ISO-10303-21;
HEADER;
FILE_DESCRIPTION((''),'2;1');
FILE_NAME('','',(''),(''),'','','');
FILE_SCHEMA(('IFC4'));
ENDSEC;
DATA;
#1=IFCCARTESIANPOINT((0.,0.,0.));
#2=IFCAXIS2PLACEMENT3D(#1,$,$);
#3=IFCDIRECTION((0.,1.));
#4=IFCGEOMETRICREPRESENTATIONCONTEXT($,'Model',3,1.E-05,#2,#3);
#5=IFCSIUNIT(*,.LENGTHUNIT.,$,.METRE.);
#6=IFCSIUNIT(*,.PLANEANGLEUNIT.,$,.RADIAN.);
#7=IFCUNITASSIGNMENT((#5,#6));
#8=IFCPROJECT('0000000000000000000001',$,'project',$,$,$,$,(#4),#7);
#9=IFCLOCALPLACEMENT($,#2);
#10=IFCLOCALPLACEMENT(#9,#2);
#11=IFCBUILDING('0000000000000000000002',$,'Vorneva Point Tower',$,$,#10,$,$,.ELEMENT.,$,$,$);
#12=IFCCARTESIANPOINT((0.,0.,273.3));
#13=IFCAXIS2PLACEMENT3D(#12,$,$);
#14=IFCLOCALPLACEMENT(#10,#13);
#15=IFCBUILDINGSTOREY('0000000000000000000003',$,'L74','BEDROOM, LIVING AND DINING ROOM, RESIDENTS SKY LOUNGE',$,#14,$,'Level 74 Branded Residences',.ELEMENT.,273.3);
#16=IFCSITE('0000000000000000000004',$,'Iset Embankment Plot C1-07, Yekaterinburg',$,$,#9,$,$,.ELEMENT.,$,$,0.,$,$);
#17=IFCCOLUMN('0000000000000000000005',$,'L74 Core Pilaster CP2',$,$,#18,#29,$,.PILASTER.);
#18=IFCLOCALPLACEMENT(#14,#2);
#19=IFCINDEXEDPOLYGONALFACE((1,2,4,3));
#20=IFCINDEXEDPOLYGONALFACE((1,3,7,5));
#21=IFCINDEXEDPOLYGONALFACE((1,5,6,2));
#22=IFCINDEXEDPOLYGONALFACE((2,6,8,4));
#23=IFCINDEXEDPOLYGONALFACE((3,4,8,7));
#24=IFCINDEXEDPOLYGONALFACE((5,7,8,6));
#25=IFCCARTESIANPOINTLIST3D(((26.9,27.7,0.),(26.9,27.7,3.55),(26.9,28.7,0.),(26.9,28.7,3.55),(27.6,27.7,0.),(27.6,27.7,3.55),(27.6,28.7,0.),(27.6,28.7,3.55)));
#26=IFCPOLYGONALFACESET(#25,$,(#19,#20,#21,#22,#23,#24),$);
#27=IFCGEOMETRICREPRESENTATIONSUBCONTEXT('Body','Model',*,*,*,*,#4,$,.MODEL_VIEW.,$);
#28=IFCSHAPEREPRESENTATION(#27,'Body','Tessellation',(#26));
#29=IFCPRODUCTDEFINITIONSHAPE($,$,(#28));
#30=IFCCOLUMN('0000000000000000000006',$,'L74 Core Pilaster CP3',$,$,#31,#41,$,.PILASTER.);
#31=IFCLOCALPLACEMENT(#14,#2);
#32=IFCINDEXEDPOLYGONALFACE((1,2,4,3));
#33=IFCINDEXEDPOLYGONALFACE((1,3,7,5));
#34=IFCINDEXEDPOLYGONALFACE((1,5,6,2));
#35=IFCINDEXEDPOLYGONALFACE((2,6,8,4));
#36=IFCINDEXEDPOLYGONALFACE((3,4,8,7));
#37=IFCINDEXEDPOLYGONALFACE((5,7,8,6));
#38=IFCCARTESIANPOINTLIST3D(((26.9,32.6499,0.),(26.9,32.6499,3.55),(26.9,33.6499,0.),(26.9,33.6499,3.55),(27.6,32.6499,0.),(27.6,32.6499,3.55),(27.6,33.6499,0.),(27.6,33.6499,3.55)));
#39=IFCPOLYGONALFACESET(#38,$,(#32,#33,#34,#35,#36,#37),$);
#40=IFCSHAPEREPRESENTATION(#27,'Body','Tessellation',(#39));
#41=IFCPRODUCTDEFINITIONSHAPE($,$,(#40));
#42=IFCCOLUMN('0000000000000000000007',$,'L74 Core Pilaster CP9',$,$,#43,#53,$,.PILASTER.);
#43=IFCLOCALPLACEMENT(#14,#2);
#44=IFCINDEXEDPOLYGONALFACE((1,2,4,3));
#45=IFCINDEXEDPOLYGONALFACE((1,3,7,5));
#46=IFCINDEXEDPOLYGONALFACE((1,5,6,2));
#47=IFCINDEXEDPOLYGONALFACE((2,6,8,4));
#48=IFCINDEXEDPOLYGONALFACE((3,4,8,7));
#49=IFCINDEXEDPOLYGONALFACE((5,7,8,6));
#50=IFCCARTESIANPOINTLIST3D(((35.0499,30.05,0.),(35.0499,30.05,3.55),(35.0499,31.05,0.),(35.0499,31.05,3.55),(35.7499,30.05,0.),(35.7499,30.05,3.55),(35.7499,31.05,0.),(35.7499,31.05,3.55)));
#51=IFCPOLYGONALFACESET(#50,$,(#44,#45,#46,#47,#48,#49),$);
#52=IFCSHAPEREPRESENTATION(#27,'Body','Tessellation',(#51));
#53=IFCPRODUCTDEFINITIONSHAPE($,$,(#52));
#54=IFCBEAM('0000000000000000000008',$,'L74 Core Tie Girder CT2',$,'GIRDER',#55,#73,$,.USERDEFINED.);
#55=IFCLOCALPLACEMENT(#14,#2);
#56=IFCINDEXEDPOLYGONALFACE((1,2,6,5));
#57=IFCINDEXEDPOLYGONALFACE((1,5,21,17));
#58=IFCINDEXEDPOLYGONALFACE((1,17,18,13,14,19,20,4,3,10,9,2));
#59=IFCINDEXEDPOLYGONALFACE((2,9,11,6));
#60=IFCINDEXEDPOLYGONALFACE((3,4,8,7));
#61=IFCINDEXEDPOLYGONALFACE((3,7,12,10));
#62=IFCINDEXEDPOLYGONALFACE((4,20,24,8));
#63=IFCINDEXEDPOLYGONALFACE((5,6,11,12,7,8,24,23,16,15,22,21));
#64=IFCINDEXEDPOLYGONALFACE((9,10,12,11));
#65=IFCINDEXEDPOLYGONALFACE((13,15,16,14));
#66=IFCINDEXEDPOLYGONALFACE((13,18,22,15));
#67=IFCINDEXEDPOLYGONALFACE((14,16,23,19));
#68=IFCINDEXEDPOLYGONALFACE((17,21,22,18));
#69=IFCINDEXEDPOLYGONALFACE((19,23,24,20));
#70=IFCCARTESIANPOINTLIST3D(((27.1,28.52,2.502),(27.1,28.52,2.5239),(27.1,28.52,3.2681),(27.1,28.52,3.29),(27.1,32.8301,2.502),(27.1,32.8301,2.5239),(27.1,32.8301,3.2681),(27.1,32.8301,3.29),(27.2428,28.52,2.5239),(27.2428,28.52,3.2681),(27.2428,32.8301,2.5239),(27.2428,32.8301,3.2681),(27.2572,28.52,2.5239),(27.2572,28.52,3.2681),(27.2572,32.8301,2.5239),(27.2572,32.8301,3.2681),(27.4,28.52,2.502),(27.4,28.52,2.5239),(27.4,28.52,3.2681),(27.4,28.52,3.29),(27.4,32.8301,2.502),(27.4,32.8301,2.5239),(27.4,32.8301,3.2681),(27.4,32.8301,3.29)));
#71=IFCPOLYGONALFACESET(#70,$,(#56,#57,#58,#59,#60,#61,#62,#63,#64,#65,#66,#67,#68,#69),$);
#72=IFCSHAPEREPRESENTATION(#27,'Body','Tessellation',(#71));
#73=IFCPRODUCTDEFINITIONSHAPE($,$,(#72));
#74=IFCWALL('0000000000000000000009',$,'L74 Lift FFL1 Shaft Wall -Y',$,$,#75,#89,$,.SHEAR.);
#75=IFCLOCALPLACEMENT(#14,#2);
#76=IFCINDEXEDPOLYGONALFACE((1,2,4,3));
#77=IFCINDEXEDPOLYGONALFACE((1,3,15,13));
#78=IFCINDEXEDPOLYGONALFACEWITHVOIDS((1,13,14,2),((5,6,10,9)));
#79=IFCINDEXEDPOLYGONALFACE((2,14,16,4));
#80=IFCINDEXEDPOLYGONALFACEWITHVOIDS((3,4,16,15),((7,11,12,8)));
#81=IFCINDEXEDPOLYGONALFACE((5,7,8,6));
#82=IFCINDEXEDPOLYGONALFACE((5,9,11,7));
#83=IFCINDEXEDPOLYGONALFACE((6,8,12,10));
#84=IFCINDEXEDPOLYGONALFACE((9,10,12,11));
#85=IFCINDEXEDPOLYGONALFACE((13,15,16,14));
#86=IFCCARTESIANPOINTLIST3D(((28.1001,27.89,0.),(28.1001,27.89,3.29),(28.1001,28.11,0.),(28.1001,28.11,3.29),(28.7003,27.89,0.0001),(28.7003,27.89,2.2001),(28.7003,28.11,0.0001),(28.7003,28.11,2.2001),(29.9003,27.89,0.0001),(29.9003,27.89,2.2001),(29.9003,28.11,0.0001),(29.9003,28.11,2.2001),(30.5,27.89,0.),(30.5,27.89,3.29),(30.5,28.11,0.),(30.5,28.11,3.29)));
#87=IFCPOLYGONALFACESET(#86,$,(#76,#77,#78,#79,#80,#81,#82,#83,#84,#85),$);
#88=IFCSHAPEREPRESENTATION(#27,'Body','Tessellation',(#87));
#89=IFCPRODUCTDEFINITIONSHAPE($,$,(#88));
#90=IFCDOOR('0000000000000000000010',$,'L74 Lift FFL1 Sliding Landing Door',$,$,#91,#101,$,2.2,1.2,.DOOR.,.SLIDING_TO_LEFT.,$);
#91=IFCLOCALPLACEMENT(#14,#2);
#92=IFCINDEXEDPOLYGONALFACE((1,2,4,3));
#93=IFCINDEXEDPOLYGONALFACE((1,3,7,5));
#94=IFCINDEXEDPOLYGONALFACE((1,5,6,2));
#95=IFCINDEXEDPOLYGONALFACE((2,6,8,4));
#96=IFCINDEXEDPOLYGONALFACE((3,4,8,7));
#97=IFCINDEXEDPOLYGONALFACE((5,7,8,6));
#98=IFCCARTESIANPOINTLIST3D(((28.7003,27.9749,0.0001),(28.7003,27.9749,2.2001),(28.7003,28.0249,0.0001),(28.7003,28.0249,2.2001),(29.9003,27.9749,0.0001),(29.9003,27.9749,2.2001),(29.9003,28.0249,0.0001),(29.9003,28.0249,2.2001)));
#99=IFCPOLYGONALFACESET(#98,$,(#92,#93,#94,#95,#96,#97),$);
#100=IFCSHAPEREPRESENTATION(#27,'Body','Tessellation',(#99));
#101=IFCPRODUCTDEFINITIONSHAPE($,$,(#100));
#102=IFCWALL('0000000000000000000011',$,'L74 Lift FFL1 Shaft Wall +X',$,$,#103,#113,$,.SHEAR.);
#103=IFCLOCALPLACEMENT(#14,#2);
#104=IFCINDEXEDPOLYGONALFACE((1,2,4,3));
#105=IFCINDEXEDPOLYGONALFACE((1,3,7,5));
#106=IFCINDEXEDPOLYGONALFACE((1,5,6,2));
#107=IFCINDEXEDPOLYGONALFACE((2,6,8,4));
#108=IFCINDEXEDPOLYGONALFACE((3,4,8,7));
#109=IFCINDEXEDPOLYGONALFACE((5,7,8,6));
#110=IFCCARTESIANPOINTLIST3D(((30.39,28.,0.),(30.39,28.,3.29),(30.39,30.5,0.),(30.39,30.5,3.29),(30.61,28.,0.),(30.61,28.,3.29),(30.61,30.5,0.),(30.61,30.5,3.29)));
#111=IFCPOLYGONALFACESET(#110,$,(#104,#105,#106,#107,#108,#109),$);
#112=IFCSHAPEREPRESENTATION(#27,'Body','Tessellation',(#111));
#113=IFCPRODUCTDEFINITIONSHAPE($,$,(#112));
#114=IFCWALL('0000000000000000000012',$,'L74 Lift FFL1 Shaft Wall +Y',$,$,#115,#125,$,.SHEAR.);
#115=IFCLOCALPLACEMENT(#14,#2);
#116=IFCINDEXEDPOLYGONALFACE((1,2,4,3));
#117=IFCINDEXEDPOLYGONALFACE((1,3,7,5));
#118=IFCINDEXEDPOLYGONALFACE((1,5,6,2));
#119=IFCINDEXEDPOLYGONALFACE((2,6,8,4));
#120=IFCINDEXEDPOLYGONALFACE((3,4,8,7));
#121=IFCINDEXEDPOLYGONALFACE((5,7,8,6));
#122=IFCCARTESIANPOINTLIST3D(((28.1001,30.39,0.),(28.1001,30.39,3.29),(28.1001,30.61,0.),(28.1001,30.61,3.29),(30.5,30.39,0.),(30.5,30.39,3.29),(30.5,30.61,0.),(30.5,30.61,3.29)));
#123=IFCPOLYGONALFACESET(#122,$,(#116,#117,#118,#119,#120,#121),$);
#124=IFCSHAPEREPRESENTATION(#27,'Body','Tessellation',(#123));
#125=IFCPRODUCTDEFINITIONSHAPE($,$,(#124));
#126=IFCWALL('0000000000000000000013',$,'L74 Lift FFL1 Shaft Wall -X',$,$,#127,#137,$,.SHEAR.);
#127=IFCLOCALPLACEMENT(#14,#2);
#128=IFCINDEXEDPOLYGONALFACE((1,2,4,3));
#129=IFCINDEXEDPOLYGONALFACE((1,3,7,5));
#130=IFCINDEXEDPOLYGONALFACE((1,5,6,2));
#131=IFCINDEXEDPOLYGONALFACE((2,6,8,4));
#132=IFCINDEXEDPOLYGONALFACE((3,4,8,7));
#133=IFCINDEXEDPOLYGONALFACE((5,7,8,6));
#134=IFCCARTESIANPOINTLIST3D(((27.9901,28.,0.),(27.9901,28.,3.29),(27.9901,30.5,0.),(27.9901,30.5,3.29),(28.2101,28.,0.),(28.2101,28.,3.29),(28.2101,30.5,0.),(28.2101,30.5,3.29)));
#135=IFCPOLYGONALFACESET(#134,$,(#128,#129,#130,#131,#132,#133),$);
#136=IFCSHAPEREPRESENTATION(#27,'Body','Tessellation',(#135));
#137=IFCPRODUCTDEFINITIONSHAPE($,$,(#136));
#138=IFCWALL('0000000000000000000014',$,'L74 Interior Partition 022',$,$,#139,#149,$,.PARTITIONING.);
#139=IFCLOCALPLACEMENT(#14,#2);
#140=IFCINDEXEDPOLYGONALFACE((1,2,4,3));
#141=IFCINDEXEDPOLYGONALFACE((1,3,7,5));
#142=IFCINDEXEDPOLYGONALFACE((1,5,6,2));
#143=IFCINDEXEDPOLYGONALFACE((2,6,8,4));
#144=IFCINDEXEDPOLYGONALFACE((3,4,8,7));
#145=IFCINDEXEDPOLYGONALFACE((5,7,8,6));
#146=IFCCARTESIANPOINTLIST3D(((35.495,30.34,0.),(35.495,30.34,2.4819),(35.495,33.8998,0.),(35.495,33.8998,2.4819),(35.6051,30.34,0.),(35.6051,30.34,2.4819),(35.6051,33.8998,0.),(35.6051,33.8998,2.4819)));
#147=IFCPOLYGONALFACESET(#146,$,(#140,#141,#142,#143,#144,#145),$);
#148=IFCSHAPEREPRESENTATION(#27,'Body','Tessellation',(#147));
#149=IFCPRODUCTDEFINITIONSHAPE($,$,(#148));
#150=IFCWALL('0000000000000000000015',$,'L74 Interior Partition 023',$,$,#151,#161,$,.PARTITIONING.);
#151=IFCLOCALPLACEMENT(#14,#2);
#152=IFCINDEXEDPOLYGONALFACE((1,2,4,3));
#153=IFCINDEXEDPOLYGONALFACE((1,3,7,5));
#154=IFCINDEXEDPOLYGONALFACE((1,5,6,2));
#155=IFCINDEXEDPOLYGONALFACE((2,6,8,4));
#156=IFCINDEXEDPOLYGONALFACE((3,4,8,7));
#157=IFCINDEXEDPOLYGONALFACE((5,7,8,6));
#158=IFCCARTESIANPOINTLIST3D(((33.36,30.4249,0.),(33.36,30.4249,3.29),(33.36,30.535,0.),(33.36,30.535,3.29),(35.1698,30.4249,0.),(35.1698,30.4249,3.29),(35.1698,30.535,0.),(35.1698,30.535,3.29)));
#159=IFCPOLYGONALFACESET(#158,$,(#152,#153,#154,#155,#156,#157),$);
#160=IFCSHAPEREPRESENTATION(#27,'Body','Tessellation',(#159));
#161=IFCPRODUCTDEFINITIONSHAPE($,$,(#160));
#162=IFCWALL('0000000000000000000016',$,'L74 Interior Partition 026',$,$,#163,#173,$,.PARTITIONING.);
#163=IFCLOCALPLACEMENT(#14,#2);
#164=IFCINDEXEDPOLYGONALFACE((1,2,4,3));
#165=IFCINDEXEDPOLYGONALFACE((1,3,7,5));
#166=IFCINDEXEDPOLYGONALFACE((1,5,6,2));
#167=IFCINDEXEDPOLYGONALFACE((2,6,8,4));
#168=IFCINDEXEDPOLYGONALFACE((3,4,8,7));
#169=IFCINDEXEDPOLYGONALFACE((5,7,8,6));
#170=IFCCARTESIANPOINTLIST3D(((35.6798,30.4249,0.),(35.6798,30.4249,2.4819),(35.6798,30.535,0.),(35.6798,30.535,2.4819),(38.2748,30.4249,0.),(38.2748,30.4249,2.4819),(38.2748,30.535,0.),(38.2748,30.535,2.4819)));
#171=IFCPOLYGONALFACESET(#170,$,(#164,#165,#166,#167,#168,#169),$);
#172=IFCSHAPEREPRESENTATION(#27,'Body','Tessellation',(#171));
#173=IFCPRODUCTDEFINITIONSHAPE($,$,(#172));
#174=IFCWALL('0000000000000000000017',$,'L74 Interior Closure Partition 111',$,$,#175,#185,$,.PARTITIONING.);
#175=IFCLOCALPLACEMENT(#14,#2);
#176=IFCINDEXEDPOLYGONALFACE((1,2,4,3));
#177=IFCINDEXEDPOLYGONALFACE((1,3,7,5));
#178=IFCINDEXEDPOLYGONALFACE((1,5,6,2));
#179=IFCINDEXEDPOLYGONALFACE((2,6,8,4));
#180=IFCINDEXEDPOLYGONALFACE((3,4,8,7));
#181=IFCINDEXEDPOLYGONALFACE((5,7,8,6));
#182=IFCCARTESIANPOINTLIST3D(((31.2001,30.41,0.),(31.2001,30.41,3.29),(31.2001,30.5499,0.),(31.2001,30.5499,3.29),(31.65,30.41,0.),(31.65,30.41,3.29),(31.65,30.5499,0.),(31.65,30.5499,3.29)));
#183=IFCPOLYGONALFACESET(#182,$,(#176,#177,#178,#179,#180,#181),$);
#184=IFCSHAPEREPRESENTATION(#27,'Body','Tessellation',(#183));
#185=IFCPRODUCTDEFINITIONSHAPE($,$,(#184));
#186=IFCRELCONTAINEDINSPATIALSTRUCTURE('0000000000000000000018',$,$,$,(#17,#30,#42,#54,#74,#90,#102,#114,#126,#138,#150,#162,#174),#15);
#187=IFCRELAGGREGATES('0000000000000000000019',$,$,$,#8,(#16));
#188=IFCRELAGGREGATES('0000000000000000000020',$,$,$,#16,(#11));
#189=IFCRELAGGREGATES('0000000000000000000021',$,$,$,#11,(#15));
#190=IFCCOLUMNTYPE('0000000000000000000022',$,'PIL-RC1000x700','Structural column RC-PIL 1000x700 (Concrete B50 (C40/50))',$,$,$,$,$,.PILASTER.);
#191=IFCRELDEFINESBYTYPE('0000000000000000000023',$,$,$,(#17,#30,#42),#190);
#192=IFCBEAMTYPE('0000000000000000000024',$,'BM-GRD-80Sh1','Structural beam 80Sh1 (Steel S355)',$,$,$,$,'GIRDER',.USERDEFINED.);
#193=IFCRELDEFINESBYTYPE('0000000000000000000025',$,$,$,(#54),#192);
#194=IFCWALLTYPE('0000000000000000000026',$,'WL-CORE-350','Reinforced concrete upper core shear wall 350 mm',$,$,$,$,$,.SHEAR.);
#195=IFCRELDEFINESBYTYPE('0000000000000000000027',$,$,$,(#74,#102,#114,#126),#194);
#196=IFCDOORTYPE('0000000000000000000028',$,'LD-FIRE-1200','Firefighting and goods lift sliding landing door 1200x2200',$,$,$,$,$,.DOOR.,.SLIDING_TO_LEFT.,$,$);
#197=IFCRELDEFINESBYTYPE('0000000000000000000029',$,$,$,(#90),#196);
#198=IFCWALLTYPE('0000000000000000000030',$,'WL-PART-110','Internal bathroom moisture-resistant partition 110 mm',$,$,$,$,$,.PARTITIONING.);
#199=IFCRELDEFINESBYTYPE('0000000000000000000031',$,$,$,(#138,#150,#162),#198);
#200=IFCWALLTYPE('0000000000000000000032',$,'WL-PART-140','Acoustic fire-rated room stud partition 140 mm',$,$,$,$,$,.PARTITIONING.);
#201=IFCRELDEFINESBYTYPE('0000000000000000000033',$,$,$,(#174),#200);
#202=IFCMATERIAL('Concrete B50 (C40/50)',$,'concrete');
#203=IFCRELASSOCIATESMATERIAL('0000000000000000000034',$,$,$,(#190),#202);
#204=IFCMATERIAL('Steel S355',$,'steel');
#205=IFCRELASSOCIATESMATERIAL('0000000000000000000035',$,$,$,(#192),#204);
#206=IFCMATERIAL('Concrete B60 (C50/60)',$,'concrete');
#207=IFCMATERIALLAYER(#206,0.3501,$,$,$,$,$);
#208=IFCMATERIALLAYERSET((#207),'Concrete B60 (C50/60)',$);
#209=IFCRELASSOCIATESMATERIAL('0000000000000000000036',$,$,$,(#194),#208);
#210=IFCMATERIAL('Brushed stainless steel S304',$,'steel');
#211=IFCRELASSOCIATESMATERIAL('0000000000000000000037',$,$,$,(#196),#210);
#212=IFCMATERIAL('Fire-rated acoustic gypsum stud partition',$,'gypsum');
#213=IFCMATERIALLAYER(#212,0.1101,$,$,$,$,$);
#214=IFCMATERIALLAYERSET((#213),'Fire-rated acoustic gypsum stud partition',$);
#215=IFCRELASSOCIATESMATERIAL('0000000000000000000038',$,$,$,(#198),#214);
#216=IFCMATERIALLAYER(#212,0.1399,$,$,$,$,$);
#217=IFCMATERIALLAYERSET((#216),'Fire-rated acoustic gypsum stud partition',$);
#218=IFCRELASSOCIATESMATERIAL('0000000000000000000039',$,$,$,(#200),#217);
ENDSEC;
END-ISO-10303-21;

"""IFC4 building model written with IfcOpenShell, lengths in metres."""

from ifc_helpers import new_model, si_unit, direction, frame, frame_2d, origin, origin_2d, place, context, subcontext, project, spatial, rectangle, i_section, extrude, material, layer, layer_set, material_profile, profile_set, type_object, element, fill, save


model = new_model("IFC4")

# Units and contexts
model_context = context("Model", 3, precision=1e-05, world=origin(), true_north=direction((0.0, 1.0)))
body_context = subcontext(model_context, "Body", "Model", "MODEL_VIEW")
ifc_project = project(units=[si_unit("LENGTHUNIT", "METRE"), si_unit("PLANEANGLEUNIT", "RADIAN")], contexts=[model_context])

# Site, building, storey
site_placement = place(None, origin())
site = spatial("IfcSite", under=ifc_project, at=site_placement, Name="Iset Embankment Plot C1-07, Yekaterinburg", CompositionType="ELEMENT", RefElevation=0.0)
building_placement = place(site_placement, origin())
building = spatial("IfcBuilding", under=site, at=building_placement, Name="Vorneva Point Tower", CompositionType="ELEMENT")
storey_placement = place(building_placement, frame((0.0, 0.0, 273.3)))
storey = spatial("IfcBuildingStorey", under=building, at=storey_placement, Name="L74", Description="BEDROOM, LIVING AND DINING ROOM, RESIDENTS SKY LOUNGE", LongName="Level 74 Branded Residences", CompositionType="ELEMENT", Elevation=273.3)

# Columns
ifc_material_1 = material(Name="Concrete B50 (C40/50)", Category="concrete")
ifc_material_profile_1 = material_profile(ifc_material_1, rectangle(XDim=0.7, YDim=1.0, at=origin_2d()), Name="RC-PIL 1000x700")
ifc_profile_set_1 = profile_set([ifc_material_profile_1], Name="Concrete B50 (C40/50)")
column_type = type_object("IfcColumnType", Name="PIL-RC1000x700", Description="Structural column RC-PIL 1000x700 (Concrete B50 (C40/50))", PredefinedType="PILASTER", material=ifc_profile_set_1)
for number, where, z_axis, x_axis, name in (
    (1, (27.25, 28.2, 0.0), (0.0, 0.0, 1.0), (1.0, 0.0, 0.0), "L74 Core Pilaster CP2"),
    (2, (27.25, 33.1499, 0.0), (0.0, 0.0, 1.0), (1.0, 0.0, 0.0), "L74 Core Pilaster CP3"),
    (3, (35.3999, 30.55, 0.0), (0.0, 0.0, 1.0), (1.0, 0.0, 0.0), "L74 Core Pilaster CP9"),
):
    element("IfcColumn", number, at=place(storey_placement, frame(where, z_axis=z_axis, x_axis=x_axis)), inside=storey, type_object=column_type, Name=name, PredefinedType="PILASTER", context=body_context, shape_type="SweptSolid", body=[
        extrude(rectangle(XDim=0.7, YDim=1.0, at=origin_2d()), origin(), (0.0, 0.0, 1.0), 3.55),
    ])

# Beam
ifc_material_2 = material(Name="Steel S355", Category="steel")
ifc_material_profile_2 = material_profile(ifc_material_2, i_section(OverallWidth=0.3, OverallDepth=0.7881, WebThickness=0.0144, FlangeThickness=0.022, at=origin_2d()), Name="80Sh1")
ifc_profile_set_2 = profile_set([ifc_material_profile_2], Name="Steel S355")
beam_type = type_object("IfcBeamType", Name="BM-GRD-80Sh1", Description="Structural beam 80Sh1 (Steel S355)", ElementType="GIRDER", PredefinedType="USERDEFINED", material=ifc_profile_set_2)
beam_placement = place(storey_placement, frame((27.25, 28.52, 2.896), z_axis=(0.0, 1.0, 0.0), x_axis=(-1.0, 0.0, 0.0)))
element("IfcBeam", 4, at=beam_placement, inside=storey, type_object=beam_type, Name="L74 Core Tie Girder CT2", ObjectType="GIRDER", PredefinedType="USERDEFINED", context=body_context, shape_type="SweptSolid", body=[
    extrude(i_section(OverallWidth=0.3, OverallDepth=0.7881, WebThickness=0.0144, FlangeThickness=0.022, at=origin_2d()), origin(), (0.0, 0.0, 1.0), 4.3101),
])

# Wall, opening, door
ifc_material_3 = material(Name="Concrete B60 (C50/60)", Category="concrete")
ifc_layer_1 = layer(ifc_material_3, 0.3501)
ifc_layer_set_1 = layer_set([ifc_layer_1], Name="Concrete B60 (C50/60)")
wall_type_1 = type_object("IfcWallType", Name="WL-CORE-350", Description="Reinforced concrete upper core shear wall 350 mm", PredefinedType="SHEAR", material=ifc_layer_set_1)
wall_1_placement = place(storey_placement, frame((28.1001, 28.0, 0.0), z_axis=(0.0, 0.0, 1.0), x_axis=(1.0, 0.0, 0.0)))
wall_1 = element("IfcWall", 5, at=wall_1_placement, inside=storey, type_object=wall_type_1, Name="L74 Lift FFL1 Shaft Wall -Y", PredefinedType="SHEAR", context=body_context, shape_type="SweptSolid", body=[
    extrude(rectangle(XDim=2.3999, YDim=0.22, at=frame_2d((1.2, 0.0))), origin(), (0.0, 0.0, 1.0), 3.29),
])
opening_1_placement = place(wall_1_placement, frame((0.6001, 0.0, 0.0)))
opening_1 = element("IfcOpeningElement", 6, at=opening_1_placement, cuts=wall_1, PredefinedType="OPENING", context=body_context, shape_type="SweptSolid", body=[
    extrude(rectangle(XDim=1.2, YDim=2.2, at=frame_2d((0.6001, 1.1001))), frame((0.0, 0.125, 0.0), z_axis=(0.0, -1.0, 0.0), x_axis=(1.0, 0.0, 0.0)), (0.0, 0.0, 1.0), 0.2498),
])
ifc_material_4 = material(Name="Brushed stainless steel S304", Category="steel")
door_type_1 = type_object("IfcDoorType", Name="LD-FIRE-1200", Description="Firefighting and goods lift sliding landing door 1200x2200", OperationType="SLIDING_TO_LEFT", PredefinedType="DOOR", material=ifc_material_4)
door_1_placement = place(opening_1_placement, origin())
door_1 = element("IfcDoor", 7, at=door_1_placement, inside=storey, type_object=door_type_1, Name="L74 Lift FFL1 Sliding Landing Door", OperationType="SLIDING_TO_LEFT", OverallHeight=2.2, OverallWidth=1.2, PredefinedType="DOOR", context=body_context, shape_type="SweptSolid", body=[
    extrude(rectangle(XDim=1.2, YDim=2.2, at=frame_2d((0.6001, 1.1001))), frame((0.0, 0.0249, 0.0), z_axis=(0.0, -1.0, 0.0), x_axis=(1.0, 0.0, 0.0)), (0.0, 0.0, 1.0), 0.05),
])
fill(opening_1, door_1)

# Walls
wall_2_placement = place(storey_placement, frame((30.5, 28.0, 0.0), z_axis=(0.0, 0.0, 1.0), x_axis=(0.0, 1.0, 0.0)))
element("IfcWall", 8, at=wall_2_placement, inside=storey, type_object=wall_type_1, Name="L74 Lift FFL1 Shaft Wall +X", PredefinedType="SHEAR", context=body_context, shape_type="SweptSolid", body=[
    extrude(rectangle(XDim=2.5, YDim=0.22, at=frame_2d((1.25, 0.0))), origin(), (0.0, 0.0, 1.0), 3.29),
])
wall_3_placement = place(storey_placement, frame((30.5, 30.5, 0.0), z_axis=(0.0, 0.0, 1.0), x_axis=(-1.0, 0.0, 0.0)))
element("IfcWall", 9, at=wall_3_placement, inside=storey, type_object=wall_type_1, Name="L74 Lift FFL1 Shaft Wall +Y", PredefinedType="SHEAR", context=body_context, shape_type="SweptSolid", body=[
    extrude(rectangle(XDim=2.3999, YDim=0.22, at=frame_2d((1.2, 0.0))), origin(), (0.0, 0.0, 1.0), 3.29),
])
wall_4_placement = place(storey_placement, frame((28.1001, 30.5, 0.0), z_axis=(0.0, 0.0, 1.0), x_axis=(0.0, -1.0, 0.0)))
element("IfcWall", 10, at=wall_4_placement, inside=storey, type_object=wall_type_1, Name="L74 Lift FFL1 Shaft Wall -X", PredefinedType="SHEAR", context=body_context, shape_type="SweptSolid", body=[
    extrude(rectangle(XDim=2.5, YDim=0.22, at=frame_2d((1.25, 0.0))), origin(), (0.0, 0.0, 1.0), 3.29),
])
ifc_material_5 = material(Name="Fire-rated acoustic gypsum stud partition", Category="gypsum")
ifc_layer_2 = layer(ifc_material_5, 0.1101)
ifc_layer_set_2 = layer_set([ifc_layer_2], Name="Fire-rated acoustic gypsum stud partition")
wall_type_2 = type_object("IfcWallType", Name="WL-PART-110", Description="Internal bathroom moisture-resistant partition 110 mm", PredefinedType="PARTITIONING", material=ifc_layer_set_2)
wall_5_placement = place(storey_placement, frame((35.55, 30.3401, 0.0), z_axis=(0.0, 0.0, 1.0), x_axis=(0.0, 1.0, 0.0)))
element("IfcWall", 11, at=wall_5_placement, inside=storey, type_object=wall_type_2, Name="L74 Interior Partition 022", PredefinedType="PARTITIONING", context=body_context, shape_type="SweptSolid", body=[
    extrude(rectangle(XDim=3.5598, YDim=0.1101, at=frame_2d((1.7798, 0.0))), origin(), (0.0, 0.0, 1.0), 2.4819),
])
wall_6_placement = place(storey_placement, frame((33.3601, 30.48, 0.0), z_axis=(0.0, 0.0, 1.0), x_axis=(1.0, 0.0, 0.0)))
element("IfcWall", 12, at=wall_6_placement, inside=storey, type_object=wall_type_2, Name="L74 Interior Partition 023", PredefinedType="PARTITIONING", context=body_context, shape_type="SweptSolid", body=[
    extrude(rectangle(XDim=1.8098, YDim=0.1101, at=frame_2d((0.9048, 0.0))), origin(), (0.0, 0.0, 1.0), 3.29),
])
wall_7_placement = place(storey_placement, frame((35.6799, 30.48, 0.0), z_axis=(0.0, 0.0, 1.0), x_axis=(1.0, 0.0, 0.0)))
element("IfcWall", 13, at=wall_7_placement, inside=storey, type_object=wall_type_2, Name="L74 Interior Partition 026", PredefinedType="PARTITIONING", context=body_context, shape_type="SweptSolid", body=[
    extrude(rectangle(XDim=2.595, YDim=0.1101, at=frame_2d((1.2974, 0.0))), origin(), (0.0, 0.0, 1.0), 2.4819),
])
ifc_layer_3 = layer(ifc_material_5, 0.1399)
ifc_layer_set_3 = layer_set([ifc_layer_3], Name="Fire-rated acoustic gypsum stud partition")
wall_type_3 = type_object("IfcWallType", Name="WL-PART-140", Description="Acoustic fire-rated room stud partition 140 mm", PredefinedType="PARTITIONING", material=ifc_layer_set_3)
wall_8_placement = place(storey_placement, frame((31.2, 30.48, 0.0), z_axis=(0.0, 0.0, 1.0), x_axis=(1.0, 0.0, 0.0)))
element("IfcWall", 14, at=wall_8_placement, inside=storey, type_object=wall_type_3, Name="L74 Interior Closure Partition 111", PredefinedType="PARTITIONING", context=body_context, shape_type="SweptSolid", body=[
    extrude(rectangle(XDim=0.45, YDim=0.1399, at=frame_2d((0.2251, 0.0))), origin(), (0.0, 0.0, 1.0), 3.29),
])

save(model, "model.ifc")
